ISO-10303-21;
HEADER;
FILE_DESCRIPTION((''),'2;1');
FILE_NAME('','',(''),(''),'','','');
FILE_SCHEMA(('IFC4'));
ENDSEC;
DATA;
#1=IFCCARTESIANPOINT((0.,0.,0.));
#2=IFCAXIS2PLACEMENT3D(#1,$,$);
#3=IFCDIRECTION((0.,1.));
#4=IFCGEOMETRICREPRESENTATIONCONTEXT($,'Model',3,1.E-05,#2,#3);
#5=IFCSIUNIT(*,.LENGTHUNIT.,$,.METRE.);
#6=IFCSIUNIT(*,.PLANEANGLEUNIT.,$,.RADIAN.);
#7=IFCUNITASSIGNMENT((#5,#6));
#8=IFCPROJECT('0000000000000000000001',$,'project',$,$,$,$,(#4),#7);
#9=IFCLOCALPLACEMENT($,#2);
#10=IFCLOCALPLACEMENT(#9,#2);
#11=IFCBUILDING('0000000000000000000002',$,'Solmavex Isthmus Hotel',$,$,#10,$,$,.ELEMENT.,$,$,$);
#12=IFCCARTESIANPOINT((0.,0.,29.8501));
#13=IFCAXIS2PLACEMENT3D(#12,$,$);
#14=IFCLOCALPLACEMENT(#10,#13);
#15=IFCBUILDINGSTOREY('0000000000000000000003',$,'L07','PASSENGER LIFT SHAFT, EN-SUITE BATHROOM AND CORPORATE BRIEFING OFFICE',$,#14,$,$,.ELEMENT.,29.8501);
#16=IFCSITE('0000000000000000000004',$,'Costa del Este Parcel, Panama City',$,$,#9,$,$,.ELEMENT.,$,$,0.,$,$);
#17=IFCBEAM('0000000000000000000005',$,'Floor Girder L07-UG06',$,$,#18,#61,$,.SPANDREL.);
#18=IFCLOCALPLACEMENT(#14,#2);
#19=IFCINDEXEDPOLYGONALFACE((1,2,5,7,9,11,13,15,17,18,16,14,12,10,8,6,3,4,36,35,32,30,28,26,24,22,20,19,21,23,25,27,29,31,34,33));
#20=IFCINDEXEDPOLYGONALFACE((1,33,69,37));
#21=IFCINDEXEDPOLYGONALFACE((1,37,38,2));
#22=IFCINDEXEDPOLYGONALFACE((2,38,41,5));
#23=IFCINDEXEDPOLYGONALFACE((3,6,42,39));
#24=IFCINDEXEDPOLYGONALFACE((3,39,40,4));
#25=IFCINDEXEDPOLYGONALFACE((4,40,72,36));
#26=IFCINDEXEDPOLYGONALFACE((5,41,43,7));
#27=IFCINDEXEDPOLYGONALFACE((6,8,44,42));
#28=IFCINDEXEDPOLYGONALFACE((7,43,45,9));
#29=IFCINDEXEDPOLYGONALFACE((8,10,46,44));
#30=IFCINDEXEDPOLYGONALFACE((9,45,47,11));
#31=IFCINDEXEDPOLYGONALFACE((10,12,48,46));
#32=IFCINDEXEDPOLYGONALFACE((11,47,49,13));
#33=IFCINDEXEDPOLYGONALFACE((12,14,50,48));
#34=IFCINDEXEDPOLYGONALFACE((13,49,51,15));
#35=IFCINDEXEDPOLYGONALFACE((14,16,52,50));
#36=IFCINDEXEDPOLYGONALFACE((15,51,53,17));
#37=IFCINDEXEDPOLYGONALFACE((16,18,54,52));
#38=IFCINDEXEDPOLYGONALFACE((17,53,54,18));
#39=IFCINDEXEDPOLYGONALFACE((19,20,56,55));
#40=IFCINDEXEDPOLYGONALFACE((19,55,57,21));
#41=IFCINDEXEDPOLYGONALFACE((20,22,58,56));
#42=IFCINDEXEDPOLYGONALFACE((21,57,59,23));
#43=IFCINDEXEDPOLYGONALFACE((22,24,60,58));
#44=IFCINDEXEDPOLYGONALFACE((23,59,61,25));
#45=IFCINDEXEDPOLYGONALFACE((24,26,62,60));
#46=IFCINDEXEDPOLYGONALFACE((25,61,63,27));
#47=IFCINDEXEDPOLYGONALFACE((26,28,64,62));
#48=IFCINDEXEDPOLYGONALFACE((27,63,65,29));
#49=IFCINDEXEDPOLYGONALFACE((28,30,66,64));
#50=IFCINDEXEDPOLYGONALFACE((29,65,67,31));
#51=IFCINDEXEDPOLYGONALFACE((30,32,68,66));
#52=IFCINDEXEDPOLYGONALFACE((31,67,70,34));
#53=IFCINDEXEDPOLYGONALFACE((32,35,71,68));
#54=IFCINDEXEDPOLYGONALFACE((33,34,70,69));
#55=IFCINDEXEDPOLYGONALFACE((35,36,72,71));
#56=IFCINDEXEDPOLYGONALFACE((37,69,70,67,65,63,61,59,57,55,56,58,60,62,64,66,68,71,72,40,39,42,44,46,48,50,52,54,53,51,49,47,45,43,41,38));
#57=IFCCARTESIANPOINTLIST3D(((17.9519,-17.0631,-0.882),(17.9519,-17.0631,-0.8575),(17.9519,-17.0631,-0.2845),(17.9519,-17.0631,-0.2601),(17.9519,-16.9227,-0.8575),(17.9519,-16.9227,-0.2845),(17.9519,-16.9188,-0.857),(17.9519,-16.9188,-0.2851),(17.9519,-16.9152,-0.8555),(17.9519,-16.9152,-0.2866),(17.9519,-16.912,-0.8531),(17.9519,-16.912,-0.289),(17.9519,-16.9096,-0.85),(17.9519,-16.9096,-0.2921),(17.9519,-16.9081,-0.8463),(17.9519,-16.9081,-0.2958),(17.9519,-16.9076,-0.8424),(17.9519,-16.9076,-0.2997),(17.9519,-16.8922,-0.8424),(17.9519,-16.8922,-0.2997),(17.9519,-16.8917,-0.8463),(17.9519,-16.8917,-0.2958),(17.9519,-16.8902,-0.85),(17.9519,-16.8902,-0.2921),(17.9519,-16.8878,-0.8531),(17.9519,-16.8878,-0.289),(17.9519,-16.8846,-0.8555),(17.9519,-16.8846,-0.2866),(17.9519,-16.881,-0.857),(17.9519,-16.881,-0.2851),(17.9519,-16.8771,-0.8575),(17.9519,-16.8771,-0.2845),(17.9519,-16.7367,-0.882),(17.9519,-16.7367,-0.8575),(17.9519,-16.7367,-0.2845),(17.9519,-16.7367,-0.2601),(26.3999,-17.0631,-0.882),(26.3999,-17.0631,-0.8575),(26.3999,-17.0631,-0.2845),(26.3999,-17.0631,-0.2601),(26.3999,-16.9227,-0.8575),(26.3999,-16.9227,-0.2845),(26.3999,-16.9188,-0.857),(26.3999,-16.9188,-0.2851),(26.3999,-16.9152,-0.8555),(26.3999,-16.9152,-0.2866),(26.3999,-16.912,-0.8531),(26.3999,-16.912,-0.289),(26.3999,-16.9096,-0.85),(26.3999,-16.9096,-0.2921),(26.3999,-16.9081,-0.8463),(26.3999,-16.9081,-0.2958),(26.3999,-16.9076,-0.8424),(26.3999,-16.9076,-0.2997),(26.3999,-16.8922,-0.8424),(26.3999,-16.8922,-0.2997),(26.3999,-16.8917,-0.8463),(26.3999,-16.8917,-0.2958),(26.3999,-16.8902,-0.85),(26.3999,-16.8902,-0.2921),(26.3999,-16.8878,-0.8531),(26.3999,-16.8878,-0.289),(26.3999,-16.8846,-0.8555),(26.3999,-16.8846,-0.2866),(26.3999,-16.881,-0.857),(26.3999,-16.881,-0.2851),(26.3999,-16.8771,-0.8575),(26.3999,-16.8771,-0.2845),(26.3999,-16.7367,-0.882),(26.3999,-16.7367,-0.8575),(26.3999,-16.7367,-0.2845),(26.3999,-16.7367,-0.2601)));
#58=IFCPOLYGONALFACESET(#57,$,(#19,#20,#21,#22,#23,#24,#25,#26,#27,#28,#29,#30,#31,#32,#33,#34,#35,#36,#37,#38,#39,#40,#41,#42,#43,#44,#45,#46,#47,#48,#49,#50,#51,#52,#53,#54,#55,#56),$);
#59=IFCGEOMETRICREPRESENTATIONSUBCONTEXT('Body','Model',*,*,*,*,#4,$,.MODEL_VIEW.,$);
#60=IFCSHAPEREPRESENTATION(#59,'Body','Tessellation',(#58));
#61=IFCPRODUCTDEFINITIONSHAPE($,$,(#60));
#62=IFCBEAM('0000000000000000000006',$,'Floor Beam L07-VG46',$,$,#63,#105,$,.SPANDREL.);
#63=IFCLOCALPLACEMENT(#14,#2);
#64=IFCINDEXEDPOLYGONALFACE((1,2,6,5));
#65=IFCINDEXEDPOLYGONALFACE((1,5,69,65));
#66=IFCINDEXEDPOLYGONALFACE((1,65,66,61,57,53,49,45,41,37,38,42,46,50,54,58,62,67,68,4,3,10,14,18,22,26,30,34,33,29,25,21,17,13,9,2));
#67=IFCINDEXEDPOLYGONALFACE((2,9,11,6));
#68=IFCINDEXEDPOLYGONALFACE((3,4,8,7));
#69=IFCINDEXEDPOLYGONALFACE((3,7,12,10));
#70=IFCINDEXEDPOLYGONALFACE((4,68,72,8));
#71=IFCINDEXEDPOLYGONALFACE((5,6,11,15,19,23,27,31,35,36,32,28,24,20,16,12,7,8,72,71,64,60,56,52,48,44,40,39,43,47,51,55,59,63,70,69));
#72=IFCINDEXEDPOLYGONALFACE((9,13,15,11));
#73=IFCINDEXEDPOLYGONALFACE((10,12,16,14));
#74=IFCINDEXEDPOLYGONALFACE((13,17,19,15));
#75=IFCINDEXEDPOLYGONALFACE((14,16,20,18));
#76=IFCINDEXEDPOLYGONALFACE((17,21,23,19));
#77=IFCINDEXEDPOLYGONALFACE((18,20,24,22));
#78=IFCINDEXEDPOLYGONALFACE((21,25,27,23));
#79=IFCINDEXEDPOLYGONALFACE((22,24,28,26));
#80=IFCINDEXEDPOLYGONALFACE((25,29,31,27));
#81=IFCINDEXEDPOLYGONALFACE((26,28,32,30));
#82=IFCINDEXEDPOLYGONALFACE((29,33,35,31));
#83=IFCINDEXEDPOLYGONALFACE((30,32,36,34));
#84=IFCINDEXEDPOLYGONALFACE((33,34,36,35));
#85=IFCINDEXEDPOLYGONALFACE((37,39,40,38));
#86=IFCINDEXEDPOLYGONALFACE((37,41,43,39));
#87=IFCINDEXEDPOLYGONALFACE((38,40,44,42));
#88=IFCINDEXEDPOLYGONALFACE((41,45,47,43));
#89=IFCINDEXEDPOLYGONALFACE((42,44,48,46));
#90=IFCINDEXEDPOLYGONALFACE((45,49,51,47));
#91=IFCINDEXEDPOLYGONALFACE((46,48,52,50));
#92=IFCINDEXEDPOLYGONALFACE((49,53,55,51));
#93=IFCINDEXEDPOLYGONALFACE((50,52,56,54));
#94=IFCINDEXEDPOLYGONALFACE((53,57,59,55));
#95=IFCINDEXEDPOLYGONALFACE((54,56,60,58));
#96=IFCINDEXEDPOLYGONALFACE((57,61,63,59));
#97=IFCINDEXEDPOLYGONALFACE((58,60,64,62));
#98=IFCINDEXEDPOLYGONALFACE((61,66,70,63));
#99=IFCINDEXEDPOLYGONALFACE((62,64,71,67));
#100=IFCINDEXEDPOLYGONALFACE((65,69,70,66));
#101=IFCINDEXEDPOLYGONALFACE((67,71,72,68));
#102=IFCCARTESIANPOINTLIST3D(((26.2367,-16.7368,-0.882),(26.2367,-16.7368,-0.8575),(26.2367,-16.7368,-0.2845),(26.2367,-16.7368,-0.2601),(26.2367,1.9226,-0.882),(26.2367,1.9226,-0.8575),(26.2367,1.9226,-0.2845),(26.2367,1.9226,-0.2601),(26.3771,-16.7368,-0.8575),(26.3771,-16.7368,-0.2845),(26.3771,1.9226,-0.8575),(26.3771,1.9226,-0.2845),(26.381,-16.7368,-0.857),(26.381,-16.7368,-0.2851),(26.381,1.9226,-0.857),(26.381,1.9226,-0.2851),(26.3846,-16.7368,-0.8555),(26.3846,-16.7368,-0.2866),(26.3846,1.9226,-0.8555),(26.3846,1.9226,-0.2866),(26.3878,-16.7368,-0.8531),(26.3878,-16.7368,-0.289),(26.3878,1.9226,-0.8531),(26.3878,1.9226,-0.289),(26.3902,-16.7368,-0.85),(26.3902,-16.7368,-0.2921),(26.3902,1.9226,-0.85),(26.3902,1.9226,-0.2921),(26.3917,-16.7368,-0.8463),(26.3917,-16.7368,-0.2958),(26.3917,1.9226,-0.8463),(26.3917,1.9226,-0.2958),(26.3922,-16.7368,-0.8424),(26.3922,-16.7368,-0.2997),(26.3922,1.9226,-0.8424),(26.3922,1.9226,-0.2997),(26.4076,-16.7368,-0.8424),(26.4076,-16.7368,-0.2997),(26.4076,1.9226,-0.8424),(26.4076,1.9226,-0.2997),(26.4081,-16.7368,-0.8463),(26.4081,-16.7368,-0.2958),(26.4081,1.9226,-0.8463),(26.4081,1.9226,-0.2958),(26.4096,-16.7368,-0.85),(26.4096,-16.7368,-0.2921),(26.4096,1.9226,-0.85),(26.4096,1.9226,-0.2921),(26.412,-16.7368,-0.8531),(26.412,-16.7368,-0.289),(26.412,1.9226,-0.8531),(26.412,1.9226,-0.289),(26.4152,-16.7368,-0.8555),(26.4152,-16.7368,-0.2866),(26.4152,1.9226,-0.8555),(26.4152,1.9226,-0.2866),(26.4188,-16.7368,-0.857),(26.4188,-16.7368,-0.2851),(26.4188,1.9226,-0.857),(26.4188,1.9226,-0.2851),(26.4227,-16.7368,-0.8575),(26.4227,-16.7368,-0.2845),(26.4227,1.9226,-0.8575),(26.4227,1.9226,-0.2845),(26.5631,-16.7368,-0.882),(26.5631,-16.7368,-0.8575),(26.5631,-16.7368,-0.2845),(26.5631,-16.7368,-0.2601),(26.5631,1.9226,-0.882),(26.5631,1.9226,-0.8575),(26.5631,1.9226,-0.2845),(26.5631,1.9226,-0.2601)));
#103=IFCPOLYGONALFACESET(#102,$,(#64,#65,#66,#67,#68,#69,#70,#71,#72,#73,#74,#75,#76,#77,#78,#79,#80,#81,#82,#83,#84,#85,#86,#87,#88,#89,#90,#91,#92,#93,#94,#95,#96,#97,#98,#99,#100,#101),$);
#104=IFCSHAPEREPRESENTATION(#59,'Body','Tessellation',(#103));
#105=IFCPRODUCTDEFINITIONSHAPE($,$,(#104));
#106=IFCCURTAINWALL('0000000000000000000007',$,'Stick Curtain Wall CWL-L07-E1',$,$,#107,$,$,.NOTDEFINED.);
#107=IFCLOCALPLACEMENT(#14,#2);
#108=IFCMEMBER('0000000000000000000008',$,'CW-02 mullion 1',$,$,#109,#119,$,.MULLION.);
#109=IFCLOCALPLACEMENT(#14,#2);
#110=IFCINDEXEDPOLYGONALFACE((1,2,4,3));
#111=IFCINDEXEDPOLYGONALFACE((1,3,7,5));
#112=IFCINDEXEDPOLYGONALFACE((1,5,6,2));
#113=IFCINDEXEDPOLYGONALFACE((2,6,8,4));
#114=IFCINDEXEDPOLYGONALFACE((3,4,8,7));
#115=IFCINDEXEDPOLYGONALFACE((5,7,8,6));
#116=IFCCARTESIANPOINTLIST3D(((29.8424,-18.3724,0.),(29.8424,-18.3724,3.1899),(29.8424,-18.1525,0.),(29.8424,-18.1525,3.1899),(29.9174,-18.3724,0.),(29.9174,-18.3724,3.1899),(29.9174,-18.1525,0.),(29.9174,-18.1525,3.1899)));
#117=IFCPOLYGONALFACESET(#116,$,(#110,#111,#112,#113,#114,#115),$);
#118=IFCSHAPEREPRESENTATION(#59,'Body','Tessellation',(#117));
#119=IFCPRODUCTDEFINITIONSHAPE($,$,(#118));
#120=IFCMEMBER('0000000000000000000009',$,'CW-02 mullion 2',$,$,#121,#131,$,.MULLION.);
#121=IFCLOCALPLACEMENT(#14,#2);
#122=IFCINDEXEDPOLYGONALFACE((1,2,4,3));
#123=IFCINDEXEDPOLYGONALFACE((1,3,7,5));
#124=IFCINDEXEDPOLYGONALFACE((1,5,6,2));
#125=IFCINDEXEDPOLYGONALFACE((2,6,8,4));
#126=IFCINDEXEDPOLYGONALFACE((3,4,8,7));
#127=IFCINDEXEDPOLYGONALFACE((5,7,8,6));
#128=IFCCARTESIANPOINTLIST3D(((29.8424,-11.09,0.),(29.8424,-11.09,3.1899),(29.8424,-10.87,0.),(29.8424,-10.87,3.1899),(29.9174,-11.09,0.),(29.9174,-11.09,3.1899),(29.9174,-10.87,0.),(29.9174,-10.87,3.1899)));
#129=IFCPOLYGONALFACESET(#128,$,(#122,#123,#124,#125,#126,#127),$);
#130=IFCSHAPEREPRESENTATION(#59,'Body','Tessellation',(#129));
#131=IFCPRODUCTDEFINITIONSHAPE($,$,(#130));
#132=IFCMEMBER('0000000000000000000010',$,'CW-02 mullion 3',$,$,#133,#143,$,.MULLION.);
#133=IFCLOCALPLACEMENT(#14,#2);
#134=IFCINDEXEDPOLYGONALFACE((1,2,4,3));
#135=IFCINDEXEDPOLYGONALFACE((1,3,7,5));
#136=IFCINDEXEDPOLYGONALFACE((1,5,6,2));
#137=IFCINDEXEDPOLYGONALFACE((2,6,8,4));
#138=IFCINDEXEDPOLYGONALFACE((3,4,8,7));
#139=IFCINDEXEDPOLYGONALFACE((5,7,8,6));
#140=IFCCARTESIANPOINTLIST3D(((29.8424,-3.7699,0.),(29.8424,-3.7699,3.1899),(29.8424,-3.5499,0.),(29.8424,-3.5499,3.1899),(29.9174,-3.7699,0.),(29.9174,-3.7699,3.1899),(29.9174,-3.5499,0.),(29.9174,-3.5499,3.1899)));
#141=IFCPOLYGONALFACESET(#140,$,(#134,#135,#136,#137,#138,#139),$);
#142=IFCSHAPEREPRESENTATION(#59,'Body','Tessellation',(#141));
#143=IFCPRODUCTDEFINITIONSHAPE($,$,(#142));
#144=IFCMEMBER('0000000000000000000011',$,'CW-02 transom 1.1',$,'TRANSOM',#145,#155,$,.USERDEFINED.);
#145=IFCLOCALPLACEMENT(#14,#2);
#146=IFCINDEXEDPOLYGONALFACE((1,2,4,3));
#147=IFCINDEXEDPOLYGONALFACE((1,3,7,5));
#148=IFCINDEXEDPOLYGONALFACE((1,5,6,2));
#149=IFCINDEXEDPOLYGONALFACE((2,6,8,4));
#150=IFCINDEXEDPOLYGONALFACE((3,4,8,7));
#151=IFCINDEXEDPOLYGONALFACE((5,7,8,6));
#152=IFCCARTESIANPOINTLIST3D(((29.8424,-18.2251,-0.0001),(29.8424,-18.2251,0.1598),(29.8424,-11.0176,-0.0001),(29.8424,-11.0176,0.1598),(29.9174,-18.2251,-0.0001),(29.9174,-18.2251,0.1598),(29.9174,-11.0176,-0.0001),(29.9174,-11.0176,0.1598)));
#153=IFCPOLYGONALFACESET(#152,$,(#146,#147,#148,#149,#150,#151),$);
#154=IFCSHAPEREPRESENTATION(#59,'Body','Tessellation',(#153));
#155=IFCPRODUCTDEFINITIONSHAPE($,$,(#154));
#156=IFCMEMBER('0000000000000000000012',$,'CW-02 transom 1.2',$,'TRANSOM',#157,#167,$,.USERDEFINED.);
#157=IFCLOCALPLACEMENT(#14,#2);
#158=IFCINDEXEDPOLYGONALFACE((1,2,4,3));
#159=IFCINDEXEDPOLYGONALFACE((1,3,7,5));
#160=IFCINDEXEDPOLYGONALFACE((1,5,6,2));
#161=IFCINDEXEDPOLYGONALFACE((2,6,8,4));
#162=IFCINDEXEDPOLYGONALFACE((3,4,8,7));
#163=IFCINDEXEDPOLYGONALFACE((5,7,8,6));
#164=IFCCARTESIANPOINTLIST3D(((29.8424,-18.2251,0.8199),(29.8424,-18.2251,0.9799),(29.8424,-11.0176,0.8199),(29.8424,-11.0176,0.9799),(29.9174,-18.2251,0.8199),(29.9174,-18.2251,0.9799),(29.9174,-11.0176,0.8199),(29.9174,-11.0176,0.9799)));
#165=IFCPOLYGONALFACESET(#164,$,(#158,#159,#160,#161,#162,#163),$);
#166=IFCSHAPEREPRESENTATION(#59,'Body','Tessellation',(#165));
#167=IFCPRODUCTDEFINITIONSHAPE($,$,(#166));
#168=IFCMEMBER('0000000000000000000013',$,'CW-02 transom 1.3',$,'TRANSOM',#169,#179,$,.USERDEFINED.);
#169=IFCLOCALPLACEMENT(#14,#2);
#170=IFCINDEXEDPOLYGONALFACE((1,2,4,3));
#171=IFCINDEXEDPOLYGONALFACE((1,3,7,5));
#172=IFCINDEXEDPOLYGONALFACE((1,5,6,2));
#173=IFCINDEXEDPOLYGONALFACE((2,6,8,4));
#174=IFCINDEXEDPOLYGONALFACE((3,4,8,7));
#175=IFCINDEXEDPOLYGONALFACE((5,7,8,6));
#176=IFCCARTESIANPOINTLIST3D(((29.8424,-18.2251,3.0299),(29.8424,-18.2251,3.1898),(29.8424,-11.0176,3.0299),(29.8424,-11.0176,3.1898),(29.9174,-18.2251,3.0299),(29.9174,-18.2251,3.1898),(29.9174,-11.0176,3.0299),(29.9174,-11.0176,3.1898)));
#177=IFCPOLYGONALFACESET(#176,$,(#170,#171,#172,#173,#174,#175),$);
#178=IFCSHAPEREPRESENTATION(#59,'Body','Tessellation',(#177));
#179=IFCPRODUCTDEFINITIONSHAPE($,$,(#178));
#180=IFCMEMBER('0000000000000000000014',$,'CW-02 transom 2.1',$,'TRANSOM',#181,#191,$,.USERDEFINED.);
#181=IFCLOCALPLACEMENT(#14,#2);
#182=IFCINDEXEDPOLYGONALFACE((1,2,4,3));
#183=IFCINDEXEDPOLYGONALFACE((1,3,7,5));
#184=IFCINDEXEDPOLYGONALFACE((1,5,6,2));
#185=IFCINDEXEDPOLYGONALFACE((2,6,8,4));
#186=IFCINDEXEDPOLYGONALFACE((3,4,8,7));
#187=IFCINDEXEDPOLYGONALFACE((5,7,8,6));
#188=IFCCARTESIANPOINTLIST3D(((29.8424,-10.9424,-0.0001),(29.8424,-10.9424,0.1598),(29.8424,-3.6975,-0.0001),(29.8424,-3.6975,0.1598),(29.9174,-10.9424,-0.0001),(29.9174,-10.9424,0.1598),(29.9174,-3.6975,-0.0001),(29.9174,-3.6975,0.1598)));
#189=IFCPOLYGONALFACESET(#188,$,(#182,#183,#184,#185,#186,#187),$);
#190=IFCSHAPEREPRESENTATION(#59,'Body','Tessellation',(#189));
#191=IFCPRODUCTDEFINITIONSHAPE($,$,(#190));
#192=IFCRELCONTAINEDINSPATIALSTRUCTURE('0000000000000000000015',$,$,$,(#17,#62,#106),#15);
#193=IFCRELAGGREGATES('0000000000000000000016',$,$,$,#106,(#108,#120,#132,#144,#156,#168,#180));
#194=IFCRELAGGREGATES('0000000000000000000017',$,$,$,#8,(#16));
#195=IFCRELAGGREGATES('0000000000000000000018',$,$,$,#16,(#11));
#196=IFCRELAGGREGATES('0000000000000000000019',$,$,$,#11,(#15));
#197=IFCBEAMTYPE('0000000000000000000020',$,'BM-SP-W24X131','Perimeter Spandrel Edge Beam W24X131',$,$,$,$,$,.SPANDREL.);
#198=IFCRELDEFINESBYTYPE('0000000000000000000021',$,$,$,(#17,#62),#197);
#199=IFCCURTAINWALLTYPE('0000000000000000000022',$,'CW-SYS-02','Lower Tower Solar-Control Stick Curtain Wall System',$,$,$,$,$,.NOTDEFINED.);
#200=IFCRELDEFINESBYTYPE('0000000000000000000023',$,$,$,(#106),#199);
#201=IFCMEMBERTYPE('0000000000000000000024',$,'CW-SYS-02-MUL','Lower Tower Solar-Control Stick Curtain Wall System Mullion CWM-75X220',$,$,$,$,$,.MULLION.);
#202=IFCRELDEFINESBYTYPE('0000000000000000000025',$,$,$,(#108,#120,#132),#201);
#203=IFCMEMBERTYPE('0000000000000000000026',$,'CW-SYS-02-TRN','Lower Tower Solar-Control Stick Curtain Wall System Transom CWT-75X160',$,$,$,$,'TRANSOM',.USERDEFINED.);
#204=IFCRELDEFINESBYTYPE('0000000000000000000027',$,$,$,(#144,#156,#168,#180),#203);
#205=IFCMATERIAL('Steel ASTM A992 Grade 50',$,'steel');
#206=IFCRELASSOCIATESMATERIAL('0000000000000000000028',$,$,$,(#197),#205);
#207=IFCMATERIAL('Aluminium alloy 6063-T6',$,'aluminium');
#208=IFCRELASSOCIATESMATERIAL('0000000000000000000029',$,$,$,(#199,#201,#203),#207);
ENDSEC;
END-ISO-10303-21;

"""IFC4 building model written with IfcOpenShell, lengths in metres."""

from ifc_helpers import new_model, si_unit, direction, frame, origin, origin_2d, place, context, subcontext, project, spatial, rectangle, i_section, extrude, material, material_profile, profile_set, type_object, element, aggregate, save


model = new_model("IFC4")

# Units and contexts
model_context = context("Model", 3, precision=1e-05, world=origin(), true_north=direction((0.0, 1.0)))
body_context = subcontext(model_context, "Body", "Model", "MODEL_VIEW")
ifc_project = project(units=[si_unit("LENGTHUNIT", "METRE"), si_unit("PLANEANGLEUNIT", "RADIAN")], contexts=[model_context])

# Site, building, storey
site_placement = place(None, origin())
site = spatial("IfcSite", under=ifc_project, at=site_placement, Name="Costa del Este Parcel, Panama City", CompositionType="ELEMENT", RefElevation=0.0)
building_placement = place(site_placement, origin())
building = spatial("IfcBuilding", under=site, at=building_placement, Name="Solmavex Isthmus Hotel", CompositionType="ELEMENT")
storey_placement = place(building_placement, frame((0.0, 0.0, 29.8501)))
storey = spatial("IfcBuildingStorey", under=building, at=storey_placement, Name="L07", Description="PASSENGER LIFT SHAFT, EN-SUITE BATHROOM AND CORPORATE BRIEFING OFFICE", CompositionType="ELEMENT", Elevation=29.8501)

# Beams
ifc_material_1 = material(Name="Steel ASTM A992 Grade 50", Category="steel")
ifc_material_profile_1 = material_profile(ifc_material_1, i_section(OverallWidth=0.3264, OverallDepth=0.6218, WebThickness=0.0154, FlangeThickness=0.0244, FilletRadius=0.0151, at=origin_2d()), Name="W24X131")
ifc_profile_set_1 = profile_set([ifc_material_profile_1], Name="Steel ASTM A992 Grade 50")
beam_type_1 = type_object("IfcBeamType", Name="BM-SP-W24X131", Description="Perimeter Spandrel Edge Beam W24X131", PredefinedType="SPANDREL", material=ifc_profile_set_1)
beam_1_placement = place(storey_placement, frame((17.9519, -16.8999, -0.571), z_axis=(1.0, 0.0, 0.0), x_axis=(0.0, 1.0, 0.0)))
element("IfcBeam", 1, at=beam_1_placement, inside=storey, type_object=beam_type_1, Name="Floor Girder L07-UG06", PredefinedType="SPANDREL", context=body_context, shape_type="SweptSolid", body=[
    extrude(i_section(OverallWidth=0.3264, OverallDepth=0.6218, WebThickness=0.0154, FlangeThickness=0.0244, FilletRadius=0.0151, at=origin_2d()), origin(), (0.0, 0.0, 1.0), 8.448),
])
beam_2_placement = place(storey_placement, frame((26.3999, -16.7368, -0.571), z_axis=(0.0, 1.0, 0.0), x_axis=(-1.0, 0.0, 0.0)))
element("IfcBeam", 2, at=beam_2_placement, inside=storey, type_object=beam_type_1, Name="Floor Beam L07-VG46", PredefinedType="SPANDREL", context=body_context, shape_type="SweptSolid", body=[
    extrude(i_section(OverallWidth=0.3264, OverallDepth=0.6218, WebThickness=0.0154, FlangeThickness=0.0244, FilletRadius=0.0151, at=origin_2d()), origin(), (0.0, 0.0, 1.0), 18.6594),
])

# Curtain wall, members
ifc_material_2 = material(Name="Aluminium alloy 6063-T6", Category="aluminium")
curtain_wall_type = type_object("IfcCurtainWallType", Name="CW-SYS-02", Description="Lower Tower Solar-Control Stick Curtain Wall System", PredefinedType="NOTDEFINED", material=ifc_material_2)
curtain_wall_placement = place(storey_placement, origin())
curtain_wall = element("IfcCurtainWall", 3, at=curtain_wall_placement, inside=storey, type_object=curtain_wall_type, Name="Stick Curtain Wall CWL-L07-E1", PredefinedType="NOTDEFINED")
ifc_material_profile_2 = material_profile(ifc_material_2, rectangle(XDim=0.075, YDim=0.22, at=origin_2d()), Name="CWM-75X220")
ifc_profile_set_2 = profile_set([ifc_material_profile_2], Name="Aluminium alloy 6063-T6")
member_type_1 = type_object("IfcMemberType", Name="CW-SYS-02-MUL", Description="Lower Tower Solar-Control Stick Curtain Wall System Mullion CWM-75X220", PredefinedType="MULLION", material=ifc_profile_set_2)
member_1_placement = place(storey_placement, frame((29.8799, -18.2625, 0.0), z_axis=(0.0, 0.0, 1.0), x_axis=(-1.0, 0.0, 0.0)))
member_1 = element("IfcMember", 4, at=member_1_placement, type_object=member_type_1, Name="CW-02 mullion 1", PredefinedType="MULLION", context=body_context, shape_type="SweptSolid", body=[
    extrude(rectangle(XDim=0.075, YDim=0.22, at=origin_2d()), origin(), (0.0, 0.0, 1.0), 3.1899),
])
member_2_placement = place(storey_placement, frame((29.8799, -10.98, 0.0), z_axis=(0.0, 0.0, 1.0), x_axis=(-1.0, 0.0, 0.0)))
member_2 = element("IfcMember", 5, at=member_2_placement, type_object=member_type_1, Name="CW-02 mullion 2", PredefinedType="MULLION", context=body_context, shape_type="SweptSolid", body=[
    extrude(rectangle(XDim=0.075, YDim=0.22, at=origin_2d()), origin(), (0.0, 0.0, 1.0), 3.1899),
])
member_3_placement = place(storey_placement, frame((29.8799, -3.6599, 0.0), z_axis=(0.0, 0.0, 1.0), x_axis=(-1.0, 0.0, 0.0)))
member_3 = element("IfcMember", 6, at=member_3_placement, type_object=member_type_1, Name="CW-02 mullion 3", PredefinedType="MULLION", context=body_context, shape_type="SweptSolid", body=[
    extrude(rectangle(XDim=0.075, YDim=0.22, at=origin_2d()), origin(), (0.0, 0.0, 1.0), 3.1899),
])
ifc_material_profile_3 = material_profile(ifc_material_2, rectangle(XDim=0.075, YDim=0.1599, at=origin_2d()), Name="CWT-75X160")
ifc_profile_set_3 = profile_set([ifc_material_profile_3], Name="Aluminium alloy 6063-T6")
member_type_2 = type_object("IfcMemberType", Name="CW-SYS-02-TRN", Description="Lower Tower Solar-Control Stick Curtain Wall System Transom CWT-75X160", ElementType="TRANSOM", PredefinedType="USERDEFINED", material=ifc_profile_set_3)
member_4_placement = place(storey_placement, frame((29.8799, -18.2251, 0.0798), z_axis=(0.0, 1.0, 0.0), x_axis=(-1.0, 0.0, 0.0)))
member_4 = element("IfcMember", 7, at=member_4_placement, type_object=member_type_2, Name="CW-02 transom 1.1", ObjectType="TRANSOM", PredefinedType="USERDEFINED", context=body_context, shape_type="SweptSolid", body=[
    extrude(rectangle(XDim=0.075, YDim=0.1599, at=origin_2d()), origin(), (0.0, 0.0, 1.0), 7.2075),
])
member_5_placement = place(storey_placement, frame((29.8799, -18.2251, 0.8999), z_axis=(0.0, 1.0, 0.0), x_axis=(-1.0, 0.0, 0.0)))
member_5 = element("IfcMember", 8, at=member_5_placement, type_object=member_type_2, Name="CW-02 transom 1.2", ObjectType="TRANSOM", PredefinedType="USERDEFINED", context=body_context, shape_type="SweptSolid", body=[
    extrude(rectangle(XDim=0.075, YDim=0.1599, at=origin_2d()), origin(), (0.0, 0.0, 1.0), 7.2075),
])
member_6_placement = place(storey_placement, frame((29.8799, -18.2251, 3.1099), z_axis=(0.0, 1.0, 0.0), x_axis=(-1.0, 0.0, 0.0)))
member_6 = element("IfcMember", 9, at=member_6_placement, type_object=member_type_2, Name="CW-02 transom 1.3", ObjectType="TRANSOM", PredefinedType="USERDEFINED", context=body_context, shape_type="SweptSolid", body=[
    extrude(rectangle(XDim=0.075, YDim=0.1599, at=origin_2d()), origin(), (0.0, 0.0, 1.0), 7.2075),
])
member_7_placement = place(storey_placement, frame((29.8799, -10.9424, 0.0798), z_axis=(0.0, 1.0, 0.0), x_axis=(-1.0, 0.0, 0.0)))
member_7 = element("IfcMember", 10, at=member_7_placement, type_object=member_type_2, Name="CW-02 transom 2.1", ObjectType="TRANSOM", PredefinedType="USERDEFINED", context=body_context, shape_type="SweptSolid", body=[
    extrude(rectangle(XDim=0.075, YDim=0.1599, at=origin_2d()), origin(), (0.0, 0.0, 1.0), 7.2449),
])
aggregate(curtain_wall, [member_1, member_2, member_3, member_4, member_5, member_6, member_7])

save(model, "model.ifc")
